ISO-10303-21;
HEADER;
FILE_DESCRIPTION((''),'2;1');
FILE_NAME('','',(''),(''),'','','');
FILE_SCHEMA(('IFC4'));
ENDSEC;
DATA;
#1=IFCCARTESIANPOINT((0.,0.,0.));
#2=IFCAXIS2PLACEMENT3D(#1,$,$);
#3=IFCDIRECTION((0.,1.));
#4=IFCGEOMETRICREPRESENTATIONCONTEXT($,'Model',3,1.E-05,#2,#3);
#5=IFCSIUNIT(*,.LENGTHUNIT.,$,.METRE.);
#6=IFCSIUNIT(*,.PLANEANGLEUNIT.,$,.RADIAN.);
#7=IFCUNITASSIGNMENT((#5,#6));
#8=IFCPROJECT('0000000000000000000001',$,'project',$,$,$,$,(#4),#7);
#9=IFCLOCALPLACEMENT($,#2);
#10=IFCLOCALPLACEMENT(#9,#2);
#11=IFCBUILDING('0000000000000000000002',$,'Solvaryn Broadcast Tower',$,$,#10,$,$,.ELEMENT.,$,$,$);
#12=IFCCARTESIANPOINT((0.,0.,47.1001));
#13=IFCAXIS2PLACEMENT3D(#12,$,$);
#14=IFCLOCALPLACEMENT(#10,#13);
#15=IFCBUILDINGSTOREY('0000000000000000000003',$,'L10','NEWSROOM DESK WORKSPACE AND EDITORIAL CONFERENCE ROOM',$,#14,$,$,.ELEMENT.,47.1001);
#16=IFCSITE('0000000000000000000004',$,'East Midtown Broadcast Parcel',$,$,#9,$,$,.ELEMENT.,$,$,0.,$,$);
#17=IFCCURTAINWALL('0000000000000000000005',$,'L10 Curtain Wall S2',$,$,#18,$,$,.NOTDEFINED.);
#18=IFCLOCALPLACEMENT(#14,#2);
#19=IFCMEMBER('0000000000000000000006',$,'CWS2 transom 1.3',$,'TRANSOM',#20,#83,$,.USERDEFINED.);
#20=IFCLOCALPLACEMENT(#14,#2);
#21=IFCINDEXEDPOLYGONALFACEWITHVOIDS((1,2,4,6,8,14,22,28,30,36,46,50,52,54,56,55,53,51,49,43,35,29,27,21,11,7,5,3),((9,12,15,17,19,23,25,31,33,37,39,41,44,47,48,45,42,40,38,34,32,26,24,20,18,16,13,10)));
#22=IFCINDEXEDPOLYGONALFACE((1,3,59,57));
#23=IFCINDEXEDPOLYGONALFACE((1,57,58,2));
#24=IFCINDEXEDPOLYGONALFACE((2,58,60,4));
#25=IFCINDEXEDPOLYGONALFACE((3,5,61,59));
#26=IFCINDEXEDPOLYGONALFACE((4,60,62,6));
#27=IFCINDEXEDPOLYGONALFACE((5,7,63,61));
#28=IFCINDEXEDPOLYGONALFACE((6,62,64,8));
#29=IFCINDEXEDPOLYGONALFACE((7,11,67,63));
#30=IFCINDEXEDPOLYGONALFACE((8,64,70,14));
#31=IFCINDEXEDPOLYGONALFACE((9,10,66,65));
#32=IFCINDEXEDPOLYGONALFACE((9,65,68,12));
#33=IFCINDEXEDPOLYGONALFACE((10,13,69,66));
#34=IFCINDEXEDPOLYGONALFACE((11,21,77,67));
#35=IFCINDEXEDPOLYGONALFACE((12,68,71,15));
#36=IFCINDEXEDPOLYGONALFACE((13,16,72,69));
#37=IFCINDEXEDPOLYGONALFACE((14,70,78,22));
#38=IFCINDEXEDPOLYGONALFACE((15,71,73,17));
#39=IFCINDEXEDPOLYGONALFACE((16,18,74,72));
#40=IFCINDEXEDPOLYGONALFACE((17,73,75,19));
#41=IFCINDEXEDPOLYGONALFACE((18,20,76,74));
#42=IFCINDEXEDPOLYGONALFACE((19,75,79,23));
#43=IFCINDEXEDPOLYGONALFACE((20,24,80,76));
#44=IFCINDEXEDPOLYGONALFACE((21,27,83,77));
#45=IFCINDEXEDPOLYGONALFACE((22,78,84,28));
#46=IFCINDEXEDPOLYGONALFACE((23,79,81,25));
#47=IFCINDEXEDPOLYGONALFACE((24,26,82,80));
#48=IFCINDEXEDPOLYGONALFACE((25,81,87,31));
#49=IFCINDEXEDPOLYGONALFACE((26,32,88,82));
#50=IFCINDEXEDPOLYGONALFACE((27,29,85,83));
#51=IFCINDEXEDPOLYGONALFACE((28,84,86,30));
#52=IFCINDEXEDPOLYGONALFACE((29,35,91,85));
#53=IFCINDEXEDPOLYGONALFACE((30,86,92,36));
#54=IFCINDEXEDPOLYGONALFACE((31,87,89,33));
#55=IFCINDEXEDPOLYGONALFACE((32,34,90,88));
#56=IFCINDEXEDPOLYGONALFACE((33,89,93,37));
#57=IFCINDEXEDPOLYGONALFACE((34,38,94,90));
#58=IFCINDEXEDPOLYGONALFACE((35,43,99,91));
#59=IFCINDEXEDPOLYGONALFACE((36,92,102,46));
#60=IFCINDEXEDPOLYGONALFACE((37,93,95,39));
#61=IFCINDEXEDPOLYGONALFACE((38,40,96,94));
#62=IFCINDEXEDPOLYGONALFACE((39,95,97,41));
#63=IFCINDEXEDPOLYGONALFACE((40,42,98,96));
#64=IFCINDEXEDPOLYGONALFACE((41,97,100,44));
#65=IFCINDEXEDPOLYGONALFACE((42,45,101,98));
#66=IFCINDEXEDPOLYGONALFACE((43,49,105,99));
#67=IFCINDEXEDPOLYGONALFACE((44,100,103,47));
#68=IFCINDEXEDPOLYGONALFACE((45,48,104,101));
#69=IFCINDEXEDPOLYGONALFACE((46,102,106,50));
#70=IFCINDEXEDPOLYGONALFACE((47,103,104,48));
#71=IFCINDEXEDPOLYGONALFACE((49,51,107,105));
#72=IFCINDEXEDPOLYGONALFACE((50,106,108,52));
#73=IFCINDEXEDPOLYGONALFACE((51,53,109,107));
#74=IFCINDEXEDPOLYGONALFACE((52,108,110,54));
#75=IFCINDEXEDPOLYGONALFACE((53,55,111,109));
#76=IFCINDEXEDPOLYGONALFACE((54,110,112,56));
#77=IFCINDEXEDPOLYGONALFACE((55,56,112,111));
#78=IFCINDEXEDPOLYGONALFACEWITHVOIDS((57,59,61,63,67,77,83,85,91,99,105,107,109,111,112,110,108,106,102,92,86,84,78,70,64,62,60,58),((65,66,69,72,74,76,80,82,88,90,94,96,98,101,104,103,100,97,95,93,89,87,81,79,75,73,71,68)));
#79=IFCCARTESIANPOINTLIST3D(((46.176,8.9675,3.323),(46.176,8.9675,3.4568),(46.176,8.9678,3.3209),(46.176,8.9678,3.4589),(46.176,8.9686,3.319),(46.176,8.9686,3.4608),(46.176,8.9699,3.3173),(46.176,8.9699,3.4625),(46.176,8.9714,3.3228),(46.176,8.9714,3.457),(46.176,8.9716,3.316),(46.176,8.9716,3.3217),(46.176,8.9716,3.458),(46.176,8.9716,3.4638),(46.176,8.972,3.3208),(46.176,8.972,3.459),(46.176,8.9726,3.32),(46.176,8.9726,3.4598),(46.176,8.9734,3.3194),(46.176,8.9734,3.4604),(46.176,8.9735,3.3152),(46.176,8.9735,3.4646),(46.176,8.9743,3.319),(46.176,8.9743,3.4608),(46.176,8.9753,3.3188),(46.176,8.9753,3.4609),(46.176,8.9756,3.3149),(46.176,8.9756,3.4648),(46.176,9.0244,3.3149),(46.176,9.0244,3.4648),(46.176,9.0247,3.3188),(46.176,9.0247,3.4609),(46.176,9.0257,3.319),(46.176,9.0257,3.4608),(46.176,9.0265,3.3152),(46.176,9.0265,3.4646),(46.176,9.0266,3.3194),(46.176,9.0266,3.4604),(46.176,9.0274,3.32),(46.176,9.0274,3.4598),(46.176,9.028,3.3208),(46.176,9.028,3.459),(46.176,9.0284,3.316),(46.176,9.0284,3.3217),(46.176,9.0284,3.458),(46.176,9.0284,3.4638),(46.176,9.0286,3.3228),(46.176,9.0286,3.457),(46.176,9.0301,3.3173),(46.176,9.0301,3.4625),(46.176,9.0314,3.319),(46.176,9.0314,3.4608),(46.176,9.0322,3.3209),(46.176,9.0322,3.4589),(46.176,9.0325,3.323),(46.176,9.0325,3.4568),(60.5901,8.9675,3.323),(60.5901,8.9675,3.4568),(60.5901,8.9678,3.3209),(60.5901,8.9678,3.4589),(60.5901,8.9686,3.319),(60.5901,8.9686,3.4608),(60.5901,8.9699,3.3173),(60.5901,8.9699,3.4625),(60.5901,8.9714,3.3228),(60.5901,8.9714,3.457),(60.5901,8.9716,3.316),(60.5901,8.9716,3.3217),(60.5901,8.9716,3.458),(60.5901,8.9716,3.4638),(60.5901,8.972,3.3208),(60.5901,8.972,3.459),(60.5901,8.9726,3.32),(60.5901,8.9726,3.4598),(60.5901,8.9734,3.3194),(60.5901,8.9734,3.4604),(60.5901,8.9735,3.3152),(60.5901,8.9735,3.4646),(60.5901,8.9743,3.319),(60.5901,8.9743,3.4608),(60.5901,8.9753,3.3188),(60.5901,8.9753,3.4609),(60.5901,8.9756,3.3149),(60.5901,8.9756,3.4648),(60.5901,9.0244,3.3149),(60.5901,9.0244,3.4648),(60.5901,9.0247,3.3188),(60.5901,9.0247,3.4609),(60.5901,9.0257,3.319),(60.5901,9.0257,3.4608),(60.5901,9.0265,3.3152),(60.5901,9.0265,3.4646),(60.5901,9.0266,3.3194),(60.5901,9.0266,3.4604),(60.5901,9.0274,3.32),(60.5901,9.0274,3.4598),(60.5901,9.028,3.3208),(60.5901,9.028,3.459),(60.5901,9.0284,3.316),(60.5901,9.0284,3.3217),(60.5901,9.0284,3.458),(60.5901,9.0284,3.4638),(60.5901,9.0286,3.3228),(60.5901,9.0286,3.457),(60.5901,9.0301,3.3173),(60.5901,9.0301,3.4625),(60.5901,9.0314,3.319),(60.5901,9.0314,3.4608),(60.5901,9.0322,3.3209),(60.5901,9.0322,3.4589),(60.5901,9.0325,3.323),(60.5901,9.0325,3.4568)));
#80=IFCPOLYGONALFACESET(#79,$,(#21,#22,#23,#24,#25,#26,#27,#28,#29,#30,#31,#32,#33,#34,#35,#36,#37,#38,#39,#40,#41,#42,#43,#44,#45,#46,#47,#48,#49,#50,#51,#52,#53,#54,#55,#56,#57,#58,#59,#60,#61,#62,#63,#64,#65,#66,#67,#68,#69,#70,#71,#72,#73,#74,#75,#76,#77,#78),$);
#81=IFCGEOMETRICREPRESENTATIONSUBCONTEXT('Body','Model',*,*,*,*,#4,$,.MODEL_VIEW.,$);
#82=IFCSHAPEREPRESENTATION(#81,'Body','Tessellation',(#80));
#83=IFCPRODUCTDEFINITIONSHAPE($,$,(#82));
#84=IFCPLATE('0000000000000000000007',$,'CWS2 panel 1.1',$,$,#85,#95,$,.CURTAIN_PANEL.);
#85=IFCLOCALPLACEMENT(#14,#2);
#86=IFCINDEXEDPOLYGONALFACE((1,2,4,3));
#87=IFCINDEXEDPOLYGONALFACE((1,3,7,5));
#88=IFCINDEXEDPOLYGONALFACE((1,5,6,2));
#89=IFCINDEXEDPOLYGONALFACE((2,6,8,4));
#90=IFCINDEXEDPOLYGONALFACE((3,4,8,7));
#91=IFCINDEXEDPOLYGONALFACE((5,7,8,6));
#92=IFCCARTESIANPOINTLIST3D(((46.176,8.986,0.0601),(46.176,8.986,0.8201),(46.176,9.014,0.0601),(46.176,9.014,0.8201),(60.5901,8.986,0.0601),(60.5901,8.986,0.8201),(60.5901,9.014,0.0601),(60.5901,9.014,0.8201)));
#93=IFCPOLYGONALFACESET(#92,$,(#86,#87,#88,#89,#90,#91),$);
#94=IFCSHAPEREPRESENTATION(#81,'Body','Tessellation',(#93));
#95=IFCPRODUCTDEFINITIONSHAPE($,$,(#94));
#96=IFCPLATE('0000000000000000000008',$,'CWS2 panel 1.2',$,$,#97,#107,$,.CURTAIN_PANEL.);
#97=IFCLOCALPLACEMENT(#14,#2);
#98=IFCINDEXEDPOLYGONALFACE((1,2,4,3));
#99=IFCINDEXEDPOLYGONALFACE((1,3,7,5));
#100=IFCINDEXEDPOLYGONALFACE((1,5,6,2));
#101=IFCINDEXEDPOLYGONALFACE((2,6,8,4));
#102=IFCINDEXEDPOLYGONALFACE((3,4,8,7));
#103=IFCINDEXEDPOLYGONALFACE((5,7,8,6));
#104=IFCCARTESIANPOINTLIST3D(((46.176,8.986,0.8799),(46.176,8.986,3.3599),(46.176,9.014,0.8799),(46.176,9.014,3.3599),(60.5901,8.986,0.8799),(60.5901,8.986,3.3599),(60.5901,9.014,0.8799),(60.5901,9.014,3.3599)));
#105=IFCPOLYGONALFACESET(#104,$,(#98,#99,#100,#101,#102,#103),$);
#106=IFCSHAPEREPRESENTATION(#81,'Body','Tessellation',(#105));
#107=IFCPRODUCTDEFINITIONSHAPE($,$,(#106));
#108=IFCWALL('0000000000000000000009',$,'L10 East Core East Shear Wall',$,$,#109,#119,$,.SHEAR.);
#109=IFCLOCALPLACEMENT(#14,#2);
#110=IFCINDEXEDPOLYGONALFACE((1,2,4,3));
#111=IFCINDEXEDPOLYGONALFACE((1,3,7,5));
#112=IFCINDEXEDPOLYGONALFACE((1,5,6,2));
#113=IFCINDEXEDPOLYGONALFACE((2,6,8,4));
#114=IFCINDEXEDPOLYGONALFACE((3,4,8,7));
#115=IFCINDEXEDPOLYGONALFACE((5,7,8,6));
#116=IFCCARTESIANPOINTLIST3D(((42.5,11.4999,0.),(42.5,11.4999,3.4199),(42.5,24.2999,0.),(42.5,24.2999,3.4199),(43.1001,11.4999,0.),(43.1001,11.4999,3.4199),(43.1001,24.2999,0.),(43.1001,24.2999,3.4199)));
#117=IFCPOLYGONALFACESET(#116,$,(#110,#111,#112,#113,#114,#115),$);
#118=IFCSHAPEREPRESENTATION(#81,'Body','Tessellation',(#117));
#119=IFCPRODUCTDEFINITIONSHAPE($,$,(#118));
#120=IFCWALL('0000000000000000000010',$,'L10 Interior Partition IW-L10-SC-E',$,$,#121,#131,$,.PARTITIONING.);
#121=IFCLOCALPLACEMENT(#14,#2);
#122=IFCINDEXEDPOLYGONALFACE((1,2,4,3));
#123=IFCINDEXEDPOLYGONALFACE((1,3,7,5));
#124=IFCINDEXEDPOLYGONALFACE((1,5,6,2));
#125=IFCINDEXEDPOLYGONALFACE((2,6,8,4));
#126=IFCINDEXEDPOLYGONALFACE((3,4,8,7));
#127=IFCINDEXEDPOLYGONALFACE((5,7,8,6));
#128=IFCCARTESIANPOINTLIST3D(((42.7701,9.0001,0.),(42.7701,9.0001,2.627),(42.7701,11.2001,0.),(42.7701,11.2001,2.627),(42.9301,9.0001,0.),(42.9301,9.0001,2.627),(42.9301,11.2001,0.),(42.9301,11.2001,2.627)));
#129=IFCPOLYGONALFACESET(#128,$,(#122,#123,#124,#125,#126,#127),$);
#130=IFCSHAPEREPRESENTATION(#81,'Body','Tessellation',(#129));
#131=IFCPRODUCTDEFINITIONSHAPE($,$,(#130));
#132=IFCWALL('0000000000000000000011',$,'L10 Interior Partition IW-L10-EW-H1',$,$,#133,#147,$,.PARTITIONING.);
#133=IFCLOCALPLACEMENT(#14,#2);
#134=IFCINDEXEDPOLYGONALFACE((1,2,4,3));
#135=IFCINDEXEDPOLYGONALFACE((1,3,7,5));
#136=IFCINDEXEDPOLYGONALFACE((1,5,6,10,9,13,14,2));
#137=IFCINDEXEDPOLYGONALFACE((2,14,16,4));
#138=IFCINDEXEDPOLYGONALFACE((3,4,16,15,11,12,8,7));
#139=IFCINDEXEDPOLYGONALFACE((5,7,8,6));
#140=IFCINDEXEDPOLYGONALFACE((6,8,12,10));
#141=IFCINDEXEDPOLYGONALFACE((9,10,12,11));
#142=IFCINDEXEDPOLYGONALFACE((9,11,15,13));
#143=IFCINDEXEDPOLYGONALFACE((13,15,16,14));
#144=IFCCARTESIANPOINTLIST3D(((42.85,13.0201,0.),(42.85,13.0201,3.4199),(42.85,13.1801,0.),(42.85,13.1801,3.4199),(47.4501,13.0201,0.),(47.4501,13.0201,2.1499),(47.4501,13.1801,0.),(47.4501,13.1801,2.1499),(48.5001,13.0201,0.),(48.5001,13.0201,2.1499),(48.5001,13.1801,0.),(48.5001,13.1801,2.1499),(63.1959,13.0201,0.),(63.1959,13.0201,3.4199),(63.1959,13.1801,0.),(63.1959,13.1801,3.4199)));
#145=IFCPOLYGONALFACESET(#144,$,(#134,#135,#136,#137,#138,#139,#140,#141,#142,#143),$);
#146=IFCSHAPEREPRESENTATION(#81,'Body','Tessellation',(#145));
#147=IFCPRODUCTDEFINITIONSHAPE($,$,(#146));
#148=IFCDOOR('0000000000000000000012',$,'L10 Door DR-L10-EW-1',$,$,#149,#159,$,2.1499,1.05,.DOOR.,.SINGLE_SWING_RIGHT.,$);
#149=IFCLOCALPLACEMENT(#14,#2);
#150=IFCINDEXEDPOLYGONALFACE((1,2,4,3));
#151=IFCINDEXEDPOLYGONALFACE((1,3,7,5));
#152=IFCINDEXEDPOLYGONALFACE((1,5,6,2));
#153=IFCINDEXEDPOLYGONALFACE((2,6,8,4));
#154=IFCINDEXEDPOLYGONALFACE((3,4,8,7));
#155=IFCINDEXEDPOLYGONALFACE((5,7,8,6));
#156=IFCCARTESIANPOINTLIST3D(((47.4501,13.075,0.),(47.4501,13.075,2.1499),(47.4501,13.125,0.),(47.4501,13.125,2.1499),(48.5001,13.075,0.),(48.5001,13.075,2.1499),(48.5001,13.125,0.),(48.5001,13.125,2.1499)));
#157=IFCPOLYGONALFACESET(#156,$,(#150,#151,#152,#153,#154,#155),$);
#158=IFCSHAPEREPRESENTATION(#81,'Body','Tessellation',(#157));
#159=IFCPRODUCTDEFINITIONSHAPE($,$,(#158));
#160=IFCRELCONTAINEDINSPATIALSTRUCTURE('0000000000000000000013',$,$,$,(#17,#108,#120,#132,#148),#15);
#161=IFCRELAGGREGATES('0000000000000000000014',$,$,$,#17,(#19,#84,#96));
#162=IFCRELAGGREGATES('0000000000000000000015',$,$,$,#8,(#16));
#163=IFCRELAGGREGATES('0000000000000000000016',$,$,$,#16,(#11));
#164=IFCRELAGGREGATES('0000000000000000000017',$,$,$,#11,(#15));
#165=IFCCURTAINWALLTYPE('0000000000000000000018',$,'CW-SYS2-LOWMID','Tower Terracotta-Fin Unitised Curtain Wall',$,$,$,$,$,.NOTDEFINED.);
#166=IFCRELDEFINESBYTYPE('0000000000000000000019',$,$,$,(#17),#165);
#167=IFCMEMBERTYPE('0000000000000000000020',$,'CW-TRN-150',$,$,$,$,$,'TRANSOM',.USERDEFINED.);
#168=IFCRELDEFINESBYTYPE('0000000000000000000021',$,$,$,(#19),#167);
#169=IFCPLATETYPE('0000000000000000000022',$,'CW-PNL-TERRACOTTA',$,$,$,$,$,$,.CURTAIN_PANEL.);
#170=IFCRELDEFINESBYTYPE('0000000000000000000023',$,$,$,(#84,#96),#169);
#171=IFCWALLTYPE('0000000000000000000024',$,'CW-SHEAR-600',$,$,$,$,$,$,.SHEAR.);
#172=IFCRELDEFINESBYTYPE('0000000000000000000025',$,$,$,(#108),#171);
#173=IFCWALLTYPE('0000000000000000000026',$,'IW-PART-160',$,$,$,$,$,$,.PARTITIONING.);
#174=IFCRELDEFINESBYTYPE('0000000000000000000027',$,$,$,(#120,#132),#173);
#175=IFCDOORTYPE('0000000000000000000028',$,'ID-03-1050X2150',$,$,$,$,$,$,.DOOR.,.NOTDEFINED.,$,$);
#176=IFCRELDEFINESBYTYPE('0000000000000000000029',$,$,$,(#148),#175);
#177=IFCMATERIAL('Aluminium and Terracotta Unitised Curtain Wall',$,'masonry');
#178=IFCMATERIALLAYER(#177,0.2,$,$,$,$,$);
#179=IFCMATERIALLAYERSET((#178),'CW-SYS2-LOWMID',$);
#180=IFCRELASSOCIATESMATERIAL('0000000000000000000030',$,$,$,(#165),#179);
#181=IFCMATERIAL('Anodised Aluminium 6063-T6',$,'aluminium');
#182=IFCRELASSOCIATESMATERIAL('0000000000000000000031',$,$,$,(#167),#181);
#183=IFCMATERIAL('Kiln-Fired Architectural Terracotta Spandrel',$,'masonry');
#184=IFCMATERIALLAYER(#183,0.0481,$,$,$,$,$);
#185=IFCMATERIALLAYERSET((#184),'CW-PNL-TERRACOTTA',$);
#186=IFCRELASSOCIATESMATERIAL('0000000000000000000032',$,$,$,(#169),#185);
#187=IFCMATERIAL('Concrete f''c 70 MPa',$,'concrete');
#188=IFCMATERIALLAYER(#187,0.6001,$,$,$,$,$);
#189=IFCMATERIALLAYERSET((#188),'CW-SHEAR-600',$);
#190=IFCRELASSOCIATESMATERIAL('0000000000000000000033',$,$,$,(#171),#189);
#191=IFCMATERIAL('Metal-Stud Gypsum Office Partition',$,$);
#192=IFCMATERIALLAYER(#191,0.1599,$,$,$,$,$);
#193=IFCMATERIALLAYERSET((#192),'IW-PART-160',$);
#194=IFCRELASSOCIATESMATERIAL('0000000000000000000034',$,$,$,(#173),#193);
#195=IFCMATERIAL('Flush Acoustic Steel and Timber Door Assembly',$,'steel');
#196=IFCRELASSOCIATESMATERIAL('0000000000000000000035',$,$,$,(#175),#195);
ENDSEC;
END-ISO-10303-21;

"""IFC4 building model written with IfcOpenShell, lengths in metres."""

from ifc_helpers import new_model, si_unit, direction, frame, frame_2d, origin, origin_2d, place, context, subcontext, project, spatial, rectangle, hollow_rectangle, extrude, material, layer, layer_set, material_profile, profile_set, type_object, element, fill, aggregate, save


model = new_model("IFC4")

# Units and contexts
model_context = context("Model", 3, precision=1e-05, world=origin(), true_north=direction((0.0, 1.0)))
body_context = subcontext(model_context, "Body", "Model", "MODEL_VIEW")
ifc_project = project(units=[si_unit("LENGTHUNIT", "METRE"), si_unit("PLANEANGLEUNIT", "RADIAN")], contexts=[model_context])

# Site, building, storey
site_placement = place(None, origin())
site = spatial("IfcSite", under=ifc_project, at=site_placement, Name="East Midtown Broadcast Parcel", CompositionType="ELEMENT", RefElevation=0.0)
building_placement = place(site_placement, origin())
building = spatial("IfcBuilding", under=site, at=building_placement, Name="Solvaryn Broadcast Tower", CompositionType="ELEMENT")
storey_placement = place(building_placement, frame((0.0, 0.0, 47.1001)))
storey = spatial("IfcBuildingStorey", under=building, at=storey_placement, Name="L10", Description="NEWSROOM DESK WORKSPACE AND EDITORIAL CONFERENCE ROOM", CompositionType="ELEMENT", Elevation=47.1001)

# Shared definitions
ifc_material_1 = material(Name="Aluminium and Terracotta Unitised Curtain Wall", Category="masonry")
ifc_layer_1 = layer(ifc_material_1, 0.2)
ifc_layer_set_1 = layer_set([ifc_layer_1], Name="CW-SYS2-LOWMID")
curtain_wall_type = type_object("IfcCurtainWallType", Name="CW-SYS2-LOWMID", Description="Tower Terracotta-Fin Unitised Curtain Wall", PredefinedType="NOTDEFINED", material=ifc_layer_set_1)

# Curtain wall, member, plates
curtain_wall_1_placement = place(storey_placement, origin())
curtain_wall_1 = element("IfcCurtainWall", 1, at=curtain_wall_1_placement, inside=storey, type_object=curtain_wall_type, Name="L10 Curtain Wall S2", PredefinedType="NOTDEFINED")
ifc_material_2 = material(Name="Anodised Aluminium 6063-T6", Category="aluminium")
ifc_material_profile_1 = material_profile(ifc_material_2, hollow_rectangle(XDim=0.0649, YDim=0.1499, WallThickness=0.0039, InnerFilletRadius=0.0039, OuterFilletRadius=0.0081, at=origin_2d()))
ifc_profile_set_1 = profile_set([ifc_material_profile_1], Name="Anodised Aluminium 6063-T6")
member_type_1 = type_object("IfcMemberType", Name="CW-TRN-150", ElementType="TRANSOM", PredefinedType="USERDEFINED", material=ifc_profile_set_1)
member_1_placement = place(storey_placement, frame((46.176, 9.0, 3.3899), z_axis=(1.0, 0.0, 0.0), x_axis=(0.0, 1.0, 0.0)))
member_1 = element("IfcMember", 2, at=member_1_placement, type_object=member_type_1, Name="CWS2 transom 1.3", ObjectType="TRANSOM", PredefinedType="USERDEFINED", context=body_context, shape_type="SweptSolid", body=[
    extrude(hollow_rectangle(XDim=0.0649, YDim=0.1499, WallThickness=0.0039, InnerFilletRadius=0.0039, OuterFilletRadius=0.0081, at=origin_2d()), origin(), (0.0, 0.0, 1.0), 14.4141),
])
ifc_material_3 = material(Name="Kiln-Fired Architectural Terracotta Spandrel", Category="masonry")
ifc_layer_2 = layer(ifc_material_3, 0.0481)
ifc_layer_set_2 = layer_set([ifc_layer_2], Name="CW-PNL-TERRACOTTA")
plate_type = type_object("IfcPlateType", Name="CW-PNL-TERRACOTTA", PredefinedType="CURTAIN_PANEL", material=ifc_layer_set_2)
plate_1_placement = place(storey_placement, frame((53.3831, 9.0, 0.0601), z_axis=(0.0, 0.0, 1.0), x_axis=(1.0, 0.0, 0.0)))
plate_1 = element("IfcPlate", 3, at=plate_1_placement, type_object=plate_type, Name="CWS2 panel 1.1", PredefinedType="CURTAIN_PANEL", context=body_context, shape_type="SweptSolid", body=[
    extrude(rectangle(XDim=14.4141, YDim=0.0281, at=origin_2d()), origin(), (0.0, 0.0, 1.0), 0.76),
])
plate_2_placement = place(storey_placement, frame((53.3831, 9.0, 0.8799), z_axis=(0.0, 0.0, 1.0), x_axis=(1.0, 0.0, 0.0)))
plate_2 = element("IfcPlate", 4, at=plate_2_placement, type_object=plate_type, Name="CWS2 panel 1.2", PredefinedType="CURTAIN_PANEL", context=body_context, shape_type="SweptSolid", body=[
    extrude(rectangle(XDim=14.4141, YDim=0.0281, at=origin_2d()), origin(), (0.0, 0.0, 1.0), 2.48),
])
aggregate(curtain_wall_1, [member_1, plate_1, plate_2])

# Walls
ifc_material_4 = material(Name="Concrete f'c 70 MPa", Category="concrete")
ifc_layer_3 = layer(ifc_material_4, 0.6001)
ifc_layer_set_3 = layer_set([ifc_layer_3], Name="CW-SHEAR-600")
wall_type_1 = type_object("IfcWallType", Name="CW-SHEAR-600", PredefinedType="SHEAR", material=ifc_layer_set_3)
wall_1_placement = place(storey_placement, frame((42.8, 11.5, 0.0), z_axis=(0.0, 0.0, 1.0), x_axis=(0.0, 1.0, 0.0)))
element("IfcWall", 5, at=wall_1_placement, inside=storey, type_object=wall_type_1, Name="L10 East Core East Shear Wall", PredefinedType="SHEAR", context=body_context, shape_type="SweptSolid", body=[
    extrude(rectangle(XDim=12.8, YDim=0.6001, at=frame_2d((6.3999, 0.0))), origin(), (0.0, 0.0, 1.0), 3.4199),
])
ifc_material_5 = material(Name="Metal-Stud Gypsum Office Partition")
ifc_layer_4 = layer(ifc_material_5, 0.1599)
ifc_layer_set_4 = layer_set([ifc_layer_4], Name="IW-PART-160")
wall_type_2 = type_object("IfcWallType", Name="IW-PART-160", PredefinedType="PARTITIONING", material=ifc_layer_set_4)
wall_2_placement = place(storey_placement, frame((42.8501, 9.0, 0.0), z_axis=(0.0, 0.0, 1.0), x_axis=(0.0, 1.0, 0.0)))
element("IfcWall", 6, at=wall_2_placement, inside=storey, type_object=wall_type_2, Name="L10 Interior Partition IW-L10-SC-E", PredefinedType="PARTITIONING", context=body_context, shape_type="SweptSolid", body=[
    extrude(rectangle(XDim=2.2, YDim=0.1599, at=frame_2d((1.1001, 0.0))), origin(), (0.0, 0.0, 1.0), 2.627),
])

# Wall, opening, door
wall_3_placement = place(storey_placement, frame((42.8501, 13.1001, 0.0), z_axis=(0.0, 0.0, 1.0), x_axis=(1.0, 0.0, 0.0)))
wall_3 = element("IfcWall", 7, at=wall_3_placement, inside=storey, type_object=wall_type_2, Name="L10 Interior Partition IW-L10-EW-H1", PredefinedType="PARTITIONING", context=body_context, shape_type="SweptSolid", body=[
    extrude(rectangle(XDim=20.3459, YDim=0.1599, at=frame_2d((10.1729, 0.0))), origin(), (0.0, 0.0, 1.0), 3.4199),
])
opening_1_placement = place(wall_3_placement, frame((4.6001, 0.0, 0.0)))
opening_1 = element("IfcOpeningElement", 8, at=opening_1_placement, cuts=wall_3, PredefinedType="OPENING", context=body_context, shape_type="SweptSolid", body=[
    extrude(rectangle(XDim=1.05, YDim=2.1499, at=frame_2d((0.5249, 1.075))), frame((0.0, 0.0901, 0.0), z_axis=(0.0, -1.0, 0.0), x_axis=(1.0, 0.0, 0.0)), (0.0, 0.0, 1.0), 0.1799),
])
ifc_material_6 = material(Name="Flush Acoustic Steel and Timber Door Assembly", Category="steel")
door_type_1 = type_object("IfcDoorType", Name="ID-03-1050X2150", OperationType="NOTDEFINED", PredefinedType="DOOR", material=ifc_material_6)
door_1_placement = place(opening_1_placement, origin())
door_1 = element("IfcDoor", 9, at=door_1_placement, inside=storey, type_object=door_type_1, Name="L10 Door DR-L10-EW-1", OperationType="SINGLE_SWING_RIGHT", OverallHeight=2.1499, OverallWidth=1.05, PredefinedType="DOOR", context=body_context, shape_type="SweptSolid", body=[
    extrude(rectangle(XDim=1.05, YDim=2.1499, at=frame_2d((0.5249, 1.075))), frame((0.0, 0.0249, 0.0), z_axis=(0.0, -1.0, 0.0), x_axis=(1.0, 0.0, 0.0)), (0.0, 0.0, 1.0), 0.05),
])
fill(opening_1, door_1)

save(model, "model.ifc")
